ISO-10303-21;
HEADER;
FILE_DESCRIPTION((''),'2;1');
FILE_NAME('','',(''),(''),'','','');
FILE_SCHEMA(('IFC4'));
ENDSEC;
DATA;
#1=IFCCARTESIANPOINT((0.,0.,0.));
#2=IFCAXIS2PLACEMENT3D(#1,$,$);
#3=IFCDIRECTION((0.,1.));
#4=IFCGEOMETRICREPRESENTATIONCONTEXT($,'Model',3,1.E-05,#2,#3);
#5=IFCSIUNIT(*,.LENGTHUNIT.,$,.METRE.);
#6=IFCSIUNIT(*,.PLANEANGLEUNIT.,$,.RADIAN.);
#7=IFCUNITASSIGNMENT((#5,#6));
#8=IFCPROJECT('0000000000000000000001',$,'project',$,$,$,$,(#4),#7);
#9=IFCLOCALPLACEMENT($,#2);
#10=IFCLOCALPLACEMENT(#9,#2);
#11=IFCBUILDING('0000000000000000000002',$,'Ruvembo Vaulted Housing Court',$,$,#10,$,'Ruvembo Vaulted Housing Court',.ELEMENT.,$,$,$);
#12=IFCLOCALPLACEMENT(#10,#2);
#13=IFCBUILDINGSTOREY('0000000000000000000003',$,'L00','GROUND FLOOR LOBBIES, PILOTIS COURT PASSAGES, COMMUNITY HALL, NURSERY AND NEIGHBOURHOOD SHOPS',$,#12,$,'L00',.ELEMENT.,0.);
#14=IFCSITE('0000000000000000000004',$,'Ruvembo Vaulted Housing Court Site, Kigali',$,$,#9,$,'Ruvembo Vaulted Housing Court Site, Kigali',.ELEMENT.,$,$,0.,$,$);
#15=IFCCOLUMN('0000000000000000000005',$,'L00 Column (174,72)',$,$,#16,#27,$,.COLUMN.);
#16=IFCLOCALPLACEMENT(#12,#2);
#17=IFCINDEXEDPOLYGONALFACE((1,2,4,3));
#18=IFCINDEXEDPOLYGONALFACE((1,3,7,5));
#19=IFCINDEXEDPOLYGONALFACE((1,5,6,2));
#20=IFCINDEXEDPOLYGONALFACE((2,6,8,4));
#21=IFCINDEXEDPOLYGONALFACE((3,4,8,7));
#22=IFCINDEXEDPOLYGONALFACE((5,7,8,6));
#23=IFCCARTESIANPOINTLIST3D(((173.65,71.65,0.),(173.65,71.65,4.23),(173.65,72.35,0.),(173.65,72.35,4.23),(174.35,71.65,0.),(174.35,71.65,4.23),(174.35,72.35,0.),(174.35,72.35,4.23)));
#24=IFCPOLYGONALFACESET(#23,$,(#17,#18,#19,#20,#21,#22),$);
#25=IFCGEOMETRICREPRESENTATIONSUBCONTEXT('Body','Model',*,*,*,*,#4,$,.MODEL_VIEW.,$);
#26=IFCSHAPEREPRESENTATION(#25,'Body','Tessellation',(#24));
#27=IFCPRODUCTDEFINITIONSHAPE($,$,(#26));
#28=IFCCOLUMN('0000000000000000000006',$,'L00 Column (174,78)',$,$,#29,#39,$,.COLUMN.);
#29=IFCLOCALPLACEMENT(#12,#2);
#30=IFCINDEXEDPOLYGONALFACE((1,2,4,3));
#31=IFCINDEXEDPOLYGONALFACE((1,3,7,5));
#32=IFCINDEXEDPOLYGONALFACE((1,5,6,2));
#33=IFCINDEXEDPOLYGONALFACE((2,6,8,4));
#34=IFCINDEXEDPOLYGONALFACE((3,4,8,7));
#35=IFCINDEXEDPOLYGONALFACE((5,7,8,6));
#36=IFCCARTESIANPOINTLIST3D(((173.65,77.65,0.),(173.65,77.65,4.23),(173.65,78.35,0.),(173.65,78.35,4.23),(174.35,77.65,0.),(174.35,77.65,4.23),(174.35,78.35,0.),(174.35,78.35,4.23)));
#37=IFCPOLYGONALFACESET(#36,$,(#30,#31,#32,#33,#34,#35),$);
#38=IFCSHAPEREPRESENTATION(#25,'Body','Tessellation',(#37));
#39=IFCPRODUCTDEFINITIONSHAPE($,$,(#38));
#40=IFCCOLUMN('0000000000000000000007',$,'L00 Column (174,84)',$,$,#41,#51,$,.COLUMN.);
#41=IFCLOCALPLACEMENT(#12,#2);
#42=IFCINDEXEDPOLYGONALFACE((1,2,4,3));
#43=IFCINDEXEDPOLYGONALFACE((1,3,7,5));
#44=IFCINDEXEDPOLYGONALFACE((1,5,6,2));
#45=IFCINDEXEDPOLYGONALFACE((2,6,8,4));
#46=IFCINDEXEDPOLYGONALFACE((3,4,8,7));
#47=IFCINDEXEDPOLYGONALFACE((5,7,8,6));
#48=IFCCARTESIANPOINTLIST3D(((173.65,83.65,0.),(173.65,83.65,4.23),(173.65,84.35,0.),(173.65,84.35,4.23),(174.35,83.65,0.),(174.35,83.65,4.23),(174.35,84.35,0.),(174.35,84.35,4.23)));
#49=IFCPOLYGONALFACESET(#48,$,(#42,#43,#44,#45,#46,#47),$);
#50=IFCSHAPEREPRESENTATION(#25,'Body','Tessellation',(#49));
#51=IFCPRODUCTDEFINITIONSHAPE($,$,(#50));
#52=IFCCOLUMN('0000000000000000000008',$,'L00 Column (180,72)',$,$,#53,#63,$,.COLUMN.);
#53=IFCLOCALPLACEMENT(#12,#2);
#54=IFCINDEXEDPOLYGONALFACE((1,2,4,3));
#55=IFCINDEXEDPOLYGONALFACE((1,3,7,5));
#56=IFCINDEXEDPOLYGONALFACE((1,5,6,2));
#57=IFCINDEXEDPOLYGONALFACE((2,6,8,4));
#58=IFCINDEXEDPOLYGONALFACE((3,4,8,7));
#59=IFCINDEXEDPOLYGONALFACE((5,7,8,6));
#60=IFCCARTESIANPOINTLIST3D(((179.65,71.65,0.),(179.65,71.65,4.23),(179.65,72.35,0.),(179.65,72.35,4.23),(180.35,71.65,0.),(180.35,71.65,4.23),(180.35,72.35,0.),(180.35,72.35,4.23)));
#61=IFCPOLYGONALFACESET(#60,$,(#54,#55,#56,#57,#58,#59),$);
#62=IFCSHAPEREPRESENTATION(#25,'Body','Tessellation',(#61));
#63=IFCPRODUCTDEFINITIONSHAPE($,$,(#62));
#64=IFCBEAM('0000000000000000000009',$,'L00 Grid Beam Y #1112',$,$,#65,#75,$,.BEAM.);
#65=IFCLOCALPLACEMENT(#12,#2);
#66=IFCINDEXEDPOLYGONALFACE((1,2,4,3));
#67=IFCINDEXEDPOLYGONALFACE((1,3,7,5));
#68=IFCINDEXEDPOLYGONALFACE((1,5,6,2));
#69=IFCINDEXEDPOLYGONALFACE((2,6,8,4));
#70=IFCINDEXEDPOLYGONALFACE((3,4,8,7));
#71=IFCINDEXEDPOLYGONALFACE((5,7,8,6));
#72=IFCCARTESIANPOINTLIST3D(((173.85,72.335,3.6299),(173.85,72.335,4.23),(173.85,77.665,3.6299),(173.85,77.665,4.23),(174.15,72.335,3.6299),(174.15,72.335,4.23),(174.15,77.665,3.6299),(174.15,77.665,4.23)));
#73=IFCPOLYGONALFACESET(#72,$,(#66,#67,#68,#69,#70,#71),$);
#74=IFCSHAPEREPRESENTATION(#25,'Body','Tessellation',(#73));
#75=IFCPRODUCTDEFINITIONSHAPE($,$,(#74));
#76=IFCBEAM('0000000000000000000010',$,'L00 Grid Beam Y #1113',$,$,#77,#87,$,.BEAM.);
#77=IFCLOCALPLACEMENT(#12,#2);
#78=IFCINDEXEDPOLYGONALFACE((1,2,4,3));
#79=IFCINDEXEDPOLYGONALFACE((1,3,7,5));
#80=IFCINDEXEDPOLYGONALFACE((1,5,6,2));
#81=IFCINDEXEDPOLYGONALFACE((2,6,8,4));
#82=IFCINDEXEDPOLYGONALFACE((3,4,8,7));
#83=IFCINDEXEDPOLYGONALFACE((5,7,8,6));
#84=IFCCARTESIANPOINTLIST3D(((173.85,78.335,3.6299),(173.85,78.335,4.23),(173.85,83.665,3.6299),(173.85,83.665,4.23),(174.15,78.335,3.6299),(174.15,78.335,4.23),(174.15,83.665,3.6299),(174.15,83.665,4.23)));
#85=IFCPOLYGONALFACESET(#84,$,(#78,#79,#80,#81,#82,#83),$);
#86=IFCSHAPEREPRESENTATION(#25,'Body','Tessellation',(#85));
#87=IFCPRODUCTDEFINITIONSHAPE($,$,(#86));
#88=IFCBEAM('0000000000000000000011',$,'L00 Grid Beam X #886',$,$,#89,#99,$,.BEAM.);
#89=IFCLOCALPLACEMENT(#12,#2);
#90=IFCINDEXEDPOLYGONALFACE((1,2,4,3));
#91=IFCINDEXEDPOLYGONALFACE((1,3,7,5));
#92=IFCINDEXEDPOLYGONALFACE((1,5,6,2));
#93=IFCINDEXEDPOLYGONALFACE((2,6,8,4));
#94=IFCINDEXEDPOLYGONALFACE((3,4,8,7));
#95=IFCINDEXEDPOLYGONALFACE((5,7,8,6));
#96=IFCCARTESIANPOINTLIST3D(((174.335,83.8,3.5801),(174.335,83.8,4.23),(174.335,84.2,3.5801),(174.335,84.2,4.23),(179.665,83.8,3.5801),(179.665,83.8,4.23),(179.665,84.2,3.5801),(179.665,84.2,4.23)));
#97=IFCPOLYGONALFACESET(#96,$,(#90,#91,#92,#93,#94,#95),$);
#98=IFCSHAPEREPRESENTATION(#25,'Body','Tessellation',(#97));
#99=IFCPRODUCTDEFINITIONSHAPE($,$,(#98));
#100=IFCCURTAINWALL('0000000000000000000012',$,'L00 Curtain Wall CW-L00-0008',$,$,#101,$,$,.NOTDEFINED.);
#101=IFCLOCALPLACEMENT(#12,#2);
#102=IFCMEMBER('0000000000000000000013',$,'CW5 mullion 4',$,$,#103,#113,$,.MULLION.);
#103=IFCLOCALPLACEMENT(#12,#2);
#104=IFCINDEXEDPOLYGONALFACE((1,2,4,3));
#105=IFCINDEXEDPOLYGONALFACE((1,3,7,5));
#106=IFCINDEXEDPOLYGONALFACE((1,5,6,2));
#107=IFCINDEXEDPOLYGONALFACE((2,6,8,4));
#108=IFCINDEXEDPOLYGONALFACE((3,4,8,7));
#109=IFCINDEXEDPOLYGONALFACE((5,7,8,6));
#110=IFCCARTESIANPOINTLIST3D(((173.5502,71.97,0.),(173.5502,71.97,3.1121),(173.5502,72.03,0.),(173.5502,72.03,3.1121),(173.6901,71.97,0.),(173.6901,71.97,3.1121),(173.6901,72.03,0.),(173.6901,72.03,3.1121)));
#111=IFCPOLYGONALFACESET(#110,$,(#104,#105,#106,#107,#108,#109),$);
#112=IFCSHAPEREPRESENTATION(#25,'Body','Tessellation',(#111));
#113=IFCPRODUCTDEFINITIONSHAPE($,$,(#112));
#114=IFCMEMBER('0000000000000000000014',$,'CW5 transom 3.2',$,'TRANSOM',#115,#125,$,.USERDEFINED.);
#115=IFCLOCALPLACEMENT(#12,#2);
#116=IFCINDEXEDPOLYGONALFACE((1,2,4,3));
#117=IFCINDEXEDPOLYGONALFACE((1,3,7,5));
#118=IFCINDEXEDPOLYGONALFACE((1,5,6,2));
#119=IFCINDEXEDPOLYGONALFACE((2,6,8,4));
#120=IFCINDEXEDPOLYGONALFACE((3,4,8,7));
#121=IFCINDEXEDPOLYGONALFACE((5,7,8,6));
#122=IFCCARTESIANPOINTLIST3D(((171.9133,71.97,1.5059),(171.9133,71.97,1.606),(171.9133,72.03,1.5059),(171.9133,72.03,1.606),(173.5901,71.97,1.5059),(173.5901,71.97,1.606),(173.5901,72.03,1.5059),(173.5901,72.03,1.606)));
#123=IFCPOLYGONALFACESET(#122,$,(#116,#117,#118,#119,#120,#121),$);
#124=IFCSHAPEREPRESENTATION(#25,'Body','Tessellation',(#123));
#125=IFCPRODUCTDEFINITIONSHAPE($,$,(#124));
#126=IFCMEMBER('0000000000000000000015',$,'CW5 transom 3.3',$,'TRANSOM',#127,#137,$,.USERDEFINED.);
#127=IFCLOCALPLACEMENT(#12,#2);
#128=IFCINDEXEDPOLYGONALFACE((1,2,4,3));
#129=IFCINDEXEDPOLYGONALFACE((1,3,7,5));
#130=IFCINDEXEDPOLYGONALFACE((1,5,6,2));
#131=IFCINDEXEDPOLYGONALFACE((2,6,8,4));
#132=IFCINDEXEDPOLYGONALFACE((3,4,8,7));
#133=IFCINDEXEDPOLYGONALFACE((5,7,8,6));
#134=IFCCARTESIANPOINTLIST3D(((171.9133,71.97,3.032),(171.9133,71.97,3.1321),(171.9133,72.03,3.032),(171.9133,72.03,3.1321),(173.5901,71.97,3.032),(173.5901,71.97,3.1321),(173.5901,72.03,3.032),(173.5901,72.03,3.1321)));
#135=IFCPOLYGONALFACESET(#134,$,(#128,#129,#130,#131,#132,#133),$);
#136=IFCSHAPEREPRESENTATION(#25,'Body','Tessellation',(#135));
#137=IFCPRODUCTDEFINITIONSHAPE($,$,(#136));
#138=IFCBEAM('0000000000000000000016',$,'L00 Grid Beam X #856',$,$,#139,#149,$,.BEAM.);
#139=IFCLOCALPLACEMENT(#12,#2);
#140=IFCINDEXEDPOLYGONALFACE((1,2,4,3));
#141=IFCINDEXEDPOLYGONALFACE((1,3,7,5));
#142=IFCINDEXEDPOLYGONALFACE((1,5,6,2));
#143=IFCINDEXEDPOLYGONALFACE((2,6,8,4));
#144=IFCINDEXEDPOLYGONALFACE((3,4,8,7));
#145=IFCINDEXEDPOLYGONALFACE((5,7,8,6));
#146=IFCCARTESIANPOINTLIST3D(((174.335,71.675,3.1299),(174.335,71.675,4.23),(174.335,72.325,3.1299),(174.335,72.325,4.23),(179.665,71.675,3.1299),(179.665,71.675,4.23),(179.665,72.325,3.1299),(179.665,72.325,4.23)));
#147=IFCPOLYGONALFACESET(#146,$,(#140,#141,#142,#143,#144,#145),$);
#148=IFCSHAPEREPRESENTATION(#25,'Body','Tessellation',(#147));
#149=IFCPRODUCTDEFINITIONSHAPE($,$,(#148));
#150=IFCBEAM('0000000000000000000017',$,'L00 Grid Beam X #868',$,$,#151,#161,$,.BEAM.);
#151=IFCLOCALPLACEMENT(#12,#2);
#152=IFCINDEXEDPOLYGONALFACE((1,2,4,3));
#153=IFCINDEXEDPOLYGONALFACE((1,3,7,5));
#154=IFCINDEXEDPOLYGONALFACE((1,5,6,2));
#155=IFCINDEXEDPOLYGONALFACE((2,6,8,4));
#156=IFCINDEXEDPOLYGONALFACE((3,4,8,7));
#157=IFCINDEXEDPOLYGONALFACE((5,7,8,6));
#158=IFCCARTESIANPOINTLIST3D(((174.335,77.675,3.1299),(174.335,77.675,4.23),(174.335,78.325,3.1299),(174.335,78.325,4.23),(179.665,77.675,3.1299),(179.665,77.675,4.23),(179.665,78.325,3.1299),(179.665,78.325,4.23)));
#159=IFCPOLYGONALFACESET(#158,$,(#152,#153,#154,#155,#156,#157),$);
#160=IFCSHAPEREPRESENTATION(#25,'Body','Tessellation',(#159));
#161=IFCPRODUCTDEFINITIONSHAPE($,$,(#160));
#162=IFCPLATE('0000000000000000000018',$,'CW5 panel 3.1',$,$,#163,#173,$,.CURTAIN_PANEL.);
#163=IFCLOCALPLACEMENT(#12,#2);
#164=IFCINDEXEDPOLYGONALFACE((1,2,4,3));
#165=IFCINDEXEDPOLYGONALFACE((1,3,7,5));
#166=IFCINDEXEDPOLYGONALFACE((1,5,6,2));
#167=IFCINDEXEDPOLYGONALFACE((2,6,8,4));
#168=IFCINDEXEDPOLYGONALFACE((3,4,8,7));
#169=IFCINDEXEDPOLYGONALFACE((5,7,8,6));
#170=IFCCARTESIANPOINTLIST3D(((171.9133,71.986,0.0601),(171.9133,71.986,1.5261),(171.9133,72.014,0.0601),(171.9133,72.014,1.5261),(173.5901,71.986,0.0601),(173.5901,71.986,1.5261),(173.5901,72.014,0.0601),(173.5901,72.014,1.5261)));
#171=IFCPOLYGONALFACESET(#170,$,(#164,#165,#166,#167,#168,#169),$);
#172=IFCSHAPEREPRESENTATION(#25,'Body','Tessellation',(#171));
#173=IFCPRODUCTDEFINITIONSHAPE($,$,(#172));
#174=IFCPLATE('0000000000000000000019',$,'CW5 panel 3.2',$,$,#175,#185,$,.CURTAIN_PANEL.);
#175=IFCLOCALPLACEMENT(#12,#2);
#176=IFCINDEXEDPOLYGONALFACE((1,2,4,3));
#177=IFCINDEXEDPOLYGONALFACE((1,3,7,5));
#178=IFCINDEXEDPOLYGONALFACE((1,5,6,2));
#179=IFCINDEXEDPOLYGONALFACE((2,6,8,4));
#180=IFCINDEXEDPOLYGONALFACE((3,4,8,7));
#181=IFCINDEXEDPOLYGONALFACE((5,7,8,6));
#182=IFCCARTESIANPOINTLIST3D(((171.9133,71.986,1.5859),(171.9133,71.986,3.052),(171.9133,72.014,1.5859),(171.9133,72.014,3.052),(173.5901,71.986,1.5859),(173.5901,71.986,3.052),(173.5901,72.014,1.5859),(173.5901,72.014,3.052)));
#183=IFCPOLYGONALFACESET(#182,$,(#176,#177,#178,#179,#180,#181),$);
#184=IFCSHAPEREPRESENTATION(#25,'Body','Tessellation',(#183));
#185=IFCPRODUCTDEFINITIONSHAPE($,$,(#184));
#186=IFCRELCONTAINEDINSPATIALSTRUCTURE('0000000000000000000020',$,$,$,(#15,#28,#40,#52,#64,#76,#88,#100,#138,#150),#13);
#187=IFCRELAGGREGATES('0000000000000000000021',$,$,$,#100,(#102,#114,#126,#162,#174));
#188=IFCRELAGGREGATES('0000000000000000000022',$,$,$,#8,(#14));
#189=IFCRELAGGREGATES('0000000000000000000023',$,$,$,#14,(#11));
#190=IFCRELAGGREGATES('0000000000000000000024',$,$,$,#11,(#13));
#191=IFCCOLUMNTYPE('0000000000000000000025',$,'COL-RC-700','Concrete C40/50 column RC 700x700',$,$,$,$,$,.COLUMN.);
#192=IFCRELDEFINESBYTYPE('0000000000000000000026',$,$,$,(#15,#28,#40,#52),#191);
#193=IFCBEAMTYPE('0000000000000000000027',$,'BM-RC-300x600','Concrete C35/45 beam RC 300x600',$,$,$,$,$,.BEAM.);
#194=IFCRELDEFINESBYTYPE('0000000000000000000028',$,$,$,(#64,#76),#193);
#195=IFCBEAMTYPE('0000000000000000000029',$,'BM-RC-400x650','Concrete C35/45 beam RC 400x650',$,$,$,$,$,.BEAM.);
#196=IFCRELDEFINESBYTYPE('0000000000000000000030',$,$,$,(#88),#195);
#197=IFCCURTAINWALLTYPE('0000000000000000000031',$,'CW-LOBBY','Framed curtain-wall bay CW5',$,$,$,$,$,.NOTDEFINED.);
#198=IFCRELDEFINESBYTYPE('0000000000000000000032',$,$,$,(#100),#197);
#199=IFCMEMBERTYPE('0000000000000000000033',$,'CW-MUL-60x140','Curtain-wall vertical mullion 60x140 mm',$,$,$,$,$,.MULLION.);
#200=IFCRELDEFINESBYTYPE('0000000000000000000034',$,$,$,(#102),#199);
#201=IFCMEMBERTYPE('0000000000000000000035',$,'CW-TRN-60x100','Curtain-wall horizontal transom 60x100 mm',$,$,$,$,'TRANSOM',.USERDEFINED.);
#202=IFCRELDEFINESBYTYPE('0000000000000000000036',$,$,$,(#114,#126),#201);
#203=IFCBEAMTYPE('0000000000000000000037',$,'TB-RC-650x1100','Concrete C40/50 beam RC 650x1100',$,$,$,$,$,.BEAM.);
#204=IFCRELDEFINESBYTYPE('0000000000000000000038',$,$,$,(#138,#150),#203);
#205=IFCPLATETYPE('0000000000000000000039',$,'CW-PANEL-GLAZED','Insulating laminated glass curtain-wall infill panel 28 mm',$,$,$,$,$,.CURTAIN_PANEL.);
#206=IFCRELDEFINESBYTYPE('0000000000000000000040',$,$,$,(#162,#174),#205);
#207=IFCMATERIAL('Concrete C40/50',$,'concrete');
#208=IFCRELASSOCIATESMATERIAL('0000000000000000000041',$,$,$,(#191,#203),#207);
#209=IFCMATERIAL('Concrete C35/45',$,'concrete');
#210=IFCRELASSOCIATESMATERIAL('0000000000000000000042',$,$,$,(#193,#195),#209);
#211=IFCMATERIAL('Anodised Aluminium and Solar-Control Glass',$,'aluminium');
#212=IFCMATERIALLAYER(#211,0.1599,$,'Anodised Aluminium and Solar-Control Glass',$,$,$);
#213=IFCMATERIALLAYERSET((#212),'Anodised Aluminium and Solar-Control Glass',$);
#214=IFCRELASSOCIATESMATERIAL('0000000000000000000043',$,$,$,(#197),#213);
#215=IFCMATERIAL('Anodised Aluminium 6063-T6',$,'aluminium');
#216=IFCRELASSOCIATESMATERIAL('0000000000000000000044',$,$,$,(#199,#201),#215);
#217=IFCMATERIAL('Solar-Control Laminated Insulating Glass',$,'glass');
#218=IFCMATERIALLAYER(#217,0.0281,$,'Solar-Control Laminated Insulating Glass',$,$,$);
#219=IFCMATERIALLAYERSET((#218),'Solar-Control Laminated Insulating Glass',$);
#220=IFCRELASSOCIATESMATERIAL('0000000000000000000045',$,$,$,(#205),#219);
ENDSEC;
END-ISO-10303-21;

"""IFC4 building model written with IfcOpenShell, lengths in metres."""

from ifc_helpers import new_model, si_unit, direction, frame, origin, origin_2d, place, context, subcontext, project, spatial, rectangle, extrude, material, layer, layer_set, material_profile, profile_set, type_object, element, aggregate, save


model = new_model("IFC4")

# Units and contexts
model_context = context("Model", 3, precision=1e-05, world=origin(), true_north=direction((0.0, 1.0)))
body_context = subcontext(model_context, "Body", "Model", "MODEL_VIEW")
ifc_project = project(units=[si_unit("LENGTHUNIT", "METRE"), si_unit("PLANEANGLEUNIT", "RADIAN")], contexts=[model_context])

# Site, building, storey
site_placement = place(None, origin())
site = spatial("IfcSite", under=ifc_project, at=site_placement, Name="Ruvembo Vaulted Housing Court Site, Kigali", LongName="Ruvembo Vaulted Housing Court Site, Kigali", CompositionType="ELEMENT", RefElevation=0.0)
building_placement = place(site_placement, origin())
building = spatial("IfcBuilding", under=site, at=building_placement, Name="Ruvembo Vaulted Housing Court", LongName="Ruvembo Vaulted Housing Court", CompositionType="ELEMENT")
storey_placement = place(building_placement, origin())
storey = spatial("IfcBuildingStorey", under=building, at=storey_placement, Name="L00", Description="GROUND FLOOR LOBBIES, PILOTIS COURT PASSAGES, COMMUNITY HALL, NURSERY AND NEIGHBOURHOOD SHOPS", LongName="L00", CompositionType="ELEMENT", Elevation=0.0)

# Columns
ifc_material_1 = material(Name="Concrete C40/50", Category="concrete")
ifc_material_profile_1 = material_profile(ifc_material_1, rectangle(XDim=0.7, YDim=0.7, at=origin_2d()), Name="RC 700x700")
ifc_profile_set_1 = profile_set([ifc_material_profile_1], Name="Concrete C40/50")
column_type = type_object("IfcColumnType", Name="COL-RC-700", Description="Concrete C40/50 column RC 700x700", PredefinedType="COLUMN", material=ifc_profile_set_1)
for number, where, z_axis, x_axis, name in (
    (1, (174.0, 72.0, 0.0), (0.0, 0.0, 1.0), (1.0, 0.0, 0.0), "L00 Column (174,72)"),
    (2, (174.0, 78.0, 0.0), (0.0, 0.0, 1.0), (1.0, 0.0, 0.0), "L00 Column (174,78)"),
    (3, (174.0, 84.0, 0.0), (0.0, 0.0, 1.0), (1.0, 0.0, 0.0), "L00 Column (174,84)"),
    (4, (180.0, 72.0, 0.0), (0.0, 0.0, 1.0), (1.0, 0.0, 0.0), "L00 Column (180,72)"),
):
    element("IfcColumn", number, at=place(storey_placement, frame(where, z_axis=z_axis, x_axis=x_axis)), inside=storey, type_object=column_type, Name=name, PredefinedType="COLUMN", context=body_context, shape_type="SweptSolid", body=[
        extrude(rectangle(XDim=0.7, YDim=0.7, at=origin_2d()), origin(), (0.0, 0.0, 1.0), 4.23),
    ])

# Beams
ifc_material_2 = material(Name="Concrete C35/45", Category="concrete")
ifc_material_profile_2 = material_profile(ifc_material_2, rectangle(XDim=0.3, YDim=0.6001, at=origin_2d()), Name="RC 300x600")
ifc_profile_set_2 = profile_set([ifc_material_profile_2], Name="Concrete C35/45")
beam_type_1 = type_object("IfcBeamType", Name="BM-RC-300x600", Description="Concrete C35/45 beam RC 300x600", PredefinedType="BEAM", material=ifc_profile_set_2)
for number, where, z_axis, x_axis, name in (
    (5, (174.0, 72.335, 3.9299), (0.0, 1.0, 0.0), (-1.0, 0.0, 0.0), "L00 Grid Beam Y #1112"),
    (6, (174.0, 78.335, 3.9299), (0.0, 1.0, 0.0), (-1.0, 0.0, 0.0), "L00 Grid Beam Y #1113"),
):
    element("IfcBeam", number, at=place(storey_placement, frame(where, z_axis=z_axis, x_axis=x_axis)), inside=storey, type_object=beam_type_1, Name=name, PredefinedType="BEAM", context=body_context, shape_type="SweptSolid", body=[
        extrude(rectangle(XDim=0.3, YDim=0.6001, at=origin_2d()), origin(), (0.0, 0.0, 1.0), 5.3301),
    ])
ifc_material_profile_3 = material_profile(ifc_material_2, rectangle(XDim=0.3999, YDim=0.6499, at=origin_2d()), Name="RC 400x650")
ifc_profile_set_3 = profile_set([ifc_material_profile_3], Name="Concrete C35/45")
beam_type_2 = type_object("IfcBeamType", Name="BM-RC-400x650", Description="Concrete C35/45 beam RC 400x650", PredefinedType="BEAM", material=ifc_profile_set_3)
beam_placement = place(storey_placement, frame((174.335, 84.0, 3.905), z_axis=(1.0, 0.0, 0.0), x_axis=(0.0, 1.0, 0.0)))
element("IfcBeam", 7, at=beam_placement, inside=storey, type_object=beam_type_2, Name="L00 Grid Beam X #886", PredefinedType="BEAM", context=body_context, shape_type="SweptSolid", body=[
    extrude(rectangle(XDim=0.3999, YDim=0.6499, at=origin_2d()), origin(), (0.0, 0.0, 1.0), 5.3301),
])

# Curtain wall, members
ifc_material_3 = material(Name="Anodised Aluminium and Solar-Control Glass", Category="aluminium")
ifc_layer_1 = layer(ifc_material_3, 0.1599, Name="Anodised Aluminium and Solar-Control Glass")
ifc_layer_set_1 = layer_set([ifc_layer_1], Name="Anodised Aluminium and Solar-Control Glass")
curtain_wall_type = type_object("IfcCurtainWallType", Name="CW-LOBBY", Description="Framed curtain-wall bay CW5", PredefinedType="NOTDEFINED", material=ifc_layer_set_1)
curtain_wall_placement = place(storey_placement, origin())
curtain_wall = element("IfcCurtainWall", 8, at=curtain_wall_placement, inside=storey, type_object=curtain_wall_type, Name="L00 Curtain Wall CW-L00-0008", PredefinedType="NOTDEFINED")
ifc_material_4 = material(Name="Anodised Aluminium 6063-T6", Category="aluminium")
ifc_material_profile_4 = material_profile(ifc_material_4, rectangle(XDim=0.0601, YDim=0.1399, at=origin_2d()), Name="ALU 60x140")
ifc_profile_set_4 = profile_set([ifc_material_profile_4], Name="Anodised Aluminium 6063-T6")
member_type_1 = type_object("IfcMemberType", Name="CW-MUL-60x140", Description="Curtain-wall vertical mullion 60x140 mm", PredefinedType="MULLION", material=ifc_profile_set_4)
member_1_placement = place(storey_placement, frame((173.6201, 72.0, 0.0), z_axis=(0.0, 0.0, 1.0), x_axis=(0.0, 1.0, 0.0)))
member_1 = element("IfcMember", 9, at=member_1_placement, type_object=member_type_1, Name="CW5 mullion 4", PredefinedType="MULLION", context=body_context, shape_type="SweptSolid", body=[
    extrude(rectangle(XDim=0.0601, YDim=0.1399, at=origin_2d()), origin(), (0.0, 0.0, 1.0), 3.1121),
])
ifc_material_profile_5 = material_profile(ifc_material_4, rectangle(XDim=0.0601, YDim=0.1001, at=origin_2d()), Name="ALU 60x100")
ifc_profile_set_5 = profile_set([ifc_material_profile_5], Name="Anodised Aluminium 6063-T6")
member_type_2 = type_object("IfcMemberType", Name="CW-TRN-60x100", Description="Curtain-wall horizontal transom 60x100 mm", ElementType="TRANSOM", PredefinedType="USERDEFINED", material=ifc_profile_set_5)
member_2_placement = place(storey_placement, frame((171.9133, 72.0, 1.5559), z_axis=(1.0, 0.0, 0.0), x_axis=(0.0, 1.0, 0.0)))
member_2 = element("IfcMember", 10, at=member_2_placement, type_object=member_type_2, Name="CW5 transom 3.2", ObjectType="TRANSOM", PredefinedType="USERDEFINED", context=body_context, shape_type="SweptSolid", body=[
    extrude(rectangle(XDim=0.0601, YDim=0.1001, at=origin_2d()), origin(), (0.0, 0.0, 1.0), 1.6768),
])
member_3_placement = place(storey_placement, frame((171.9133, 72.0, 3.082), z_axis=(1.0, 0.0, 0.0), x_axis=(0.0, 1.0, 0.0)))
member_3 = element("IfcMember", 11, at=member_3_placement, type_object=member_type_2, Name="CW5 transom 3.3", ObjectType="TRANSOM", PredefinedType="USERDEFINED", context=body_context, shape_type="SweptSolid", body=[
    extrude(rectangle(XDim=0.0601, YDim=0.1001, at=origin_2d()), origin(), (0.0, 0.0, 1.0), 1.6768),
])

# Beams
ifc_material_profile_6 = material_profile(ifc_material_1, rectangle(XDim=0.6499, YDim=1.1001, at=origin_2d()), Name="RC 650x1100")
ifc_profile_set_6 = profile_set([ifc_material_profile_6], Name="Concrete C40/50")
beam_type_3 = type_object("IfcBeamType", Name="TB-RC-650x1100", Description="Concrete C40/50 beam RC 650x1100", PredefinedType="BEAM", material=ifc_profile_set_6)
for number, where, z_axis, x_axis, name in (
    (12, (174.335, 72.0, 3.6799), (1.0, 0.0, 0.0), (0.0, 1.0, 0.0), "L00 Grid Beam X #856"),
    (13, (174.335, 78.0, 3.6799), (1.0, 0.0, 0.0), (0.0, 1.0, 0.0), "L00 Grid Beam X #868"),
):
    element("IfcBeam", number, at=place(storey_placement, frame(where, z_axis=z_axis, x_axis=x_axis)), inside=storey, type_object=beam_type_3, Name=name, PredefinedType="BEAM", context=body_context, shape_type="SweptSolid", body=[
        extrude(rectangle(XDim=0.6499, YDim=1.1001, at=origin_2d()), origin(), (0.0, 0.0, 1.0), 5.3301),
    ])

# Plates
ifc_material_5 = material(Name="Solar-Control Laminated Insulating Glass", Category="glass")
ifc_layer_2 = layer(ifc_material_5, 0.0281, Name="Solar-Control Laminated Insulating Glass")
ifc_layer_set_2 = layer_set([ifc_layer_2], Name="Solar-Control Laminated Insulating Glass")
plate_type = type_object("IfcPlateType", Name="CW-PANEL-GLAZED", Description="Insulating laminated glass curtain-wall infill panel 28 mm", PredefinedType="CURTAIN_PANEL", material=ifc_layer_set_2)
plate_1_placement = place(storey_placement, frame((172.7517, 72.0, 0.0601), z_axis=(0.0, 0.0, 1.0), x_axis=(1.0, 0.0, 0.0)))
plate_1 = element("IfcPlate", 14, at=plate_1_placement, type_object=plate_type, Name="CW5 panel 3.1", PredefinedType="CURTAIN_PANEL", context=body_context, shape_type="SweptSolid", body=[
    extrude(rectangle(XDim=1.6768, YDim=0.0281, at=origin_2d()), origin(), (0.0, 0.0, 1.0), 1.4661),
])
plate_2_placement = place(storey_placement, frame((172.7517, 72.0, 1.5859), z_axis=(0.0, 0.0, 1.0), x_axis=(1.0, 0.0, 0.0)))
plate_2 = element("IfcPlate", 15, at=plate_2_placement, type_object=plate_type, Name="CW5 panel 3.2", PredefinedType="CURTAIN_PANEL", context=body_context, shape_type="SweptSolid", body=[
    extrude(rectangle(XDim=1.6768, YDim=0.0281, at=origin_2d()), origin(), (0.0, 0.0, 1.0), 1.4661),
])
aggregate(curtain_wall, [member_1, member_2, member_3, plate_1, plate_2])

save(model, "model.ifc")
